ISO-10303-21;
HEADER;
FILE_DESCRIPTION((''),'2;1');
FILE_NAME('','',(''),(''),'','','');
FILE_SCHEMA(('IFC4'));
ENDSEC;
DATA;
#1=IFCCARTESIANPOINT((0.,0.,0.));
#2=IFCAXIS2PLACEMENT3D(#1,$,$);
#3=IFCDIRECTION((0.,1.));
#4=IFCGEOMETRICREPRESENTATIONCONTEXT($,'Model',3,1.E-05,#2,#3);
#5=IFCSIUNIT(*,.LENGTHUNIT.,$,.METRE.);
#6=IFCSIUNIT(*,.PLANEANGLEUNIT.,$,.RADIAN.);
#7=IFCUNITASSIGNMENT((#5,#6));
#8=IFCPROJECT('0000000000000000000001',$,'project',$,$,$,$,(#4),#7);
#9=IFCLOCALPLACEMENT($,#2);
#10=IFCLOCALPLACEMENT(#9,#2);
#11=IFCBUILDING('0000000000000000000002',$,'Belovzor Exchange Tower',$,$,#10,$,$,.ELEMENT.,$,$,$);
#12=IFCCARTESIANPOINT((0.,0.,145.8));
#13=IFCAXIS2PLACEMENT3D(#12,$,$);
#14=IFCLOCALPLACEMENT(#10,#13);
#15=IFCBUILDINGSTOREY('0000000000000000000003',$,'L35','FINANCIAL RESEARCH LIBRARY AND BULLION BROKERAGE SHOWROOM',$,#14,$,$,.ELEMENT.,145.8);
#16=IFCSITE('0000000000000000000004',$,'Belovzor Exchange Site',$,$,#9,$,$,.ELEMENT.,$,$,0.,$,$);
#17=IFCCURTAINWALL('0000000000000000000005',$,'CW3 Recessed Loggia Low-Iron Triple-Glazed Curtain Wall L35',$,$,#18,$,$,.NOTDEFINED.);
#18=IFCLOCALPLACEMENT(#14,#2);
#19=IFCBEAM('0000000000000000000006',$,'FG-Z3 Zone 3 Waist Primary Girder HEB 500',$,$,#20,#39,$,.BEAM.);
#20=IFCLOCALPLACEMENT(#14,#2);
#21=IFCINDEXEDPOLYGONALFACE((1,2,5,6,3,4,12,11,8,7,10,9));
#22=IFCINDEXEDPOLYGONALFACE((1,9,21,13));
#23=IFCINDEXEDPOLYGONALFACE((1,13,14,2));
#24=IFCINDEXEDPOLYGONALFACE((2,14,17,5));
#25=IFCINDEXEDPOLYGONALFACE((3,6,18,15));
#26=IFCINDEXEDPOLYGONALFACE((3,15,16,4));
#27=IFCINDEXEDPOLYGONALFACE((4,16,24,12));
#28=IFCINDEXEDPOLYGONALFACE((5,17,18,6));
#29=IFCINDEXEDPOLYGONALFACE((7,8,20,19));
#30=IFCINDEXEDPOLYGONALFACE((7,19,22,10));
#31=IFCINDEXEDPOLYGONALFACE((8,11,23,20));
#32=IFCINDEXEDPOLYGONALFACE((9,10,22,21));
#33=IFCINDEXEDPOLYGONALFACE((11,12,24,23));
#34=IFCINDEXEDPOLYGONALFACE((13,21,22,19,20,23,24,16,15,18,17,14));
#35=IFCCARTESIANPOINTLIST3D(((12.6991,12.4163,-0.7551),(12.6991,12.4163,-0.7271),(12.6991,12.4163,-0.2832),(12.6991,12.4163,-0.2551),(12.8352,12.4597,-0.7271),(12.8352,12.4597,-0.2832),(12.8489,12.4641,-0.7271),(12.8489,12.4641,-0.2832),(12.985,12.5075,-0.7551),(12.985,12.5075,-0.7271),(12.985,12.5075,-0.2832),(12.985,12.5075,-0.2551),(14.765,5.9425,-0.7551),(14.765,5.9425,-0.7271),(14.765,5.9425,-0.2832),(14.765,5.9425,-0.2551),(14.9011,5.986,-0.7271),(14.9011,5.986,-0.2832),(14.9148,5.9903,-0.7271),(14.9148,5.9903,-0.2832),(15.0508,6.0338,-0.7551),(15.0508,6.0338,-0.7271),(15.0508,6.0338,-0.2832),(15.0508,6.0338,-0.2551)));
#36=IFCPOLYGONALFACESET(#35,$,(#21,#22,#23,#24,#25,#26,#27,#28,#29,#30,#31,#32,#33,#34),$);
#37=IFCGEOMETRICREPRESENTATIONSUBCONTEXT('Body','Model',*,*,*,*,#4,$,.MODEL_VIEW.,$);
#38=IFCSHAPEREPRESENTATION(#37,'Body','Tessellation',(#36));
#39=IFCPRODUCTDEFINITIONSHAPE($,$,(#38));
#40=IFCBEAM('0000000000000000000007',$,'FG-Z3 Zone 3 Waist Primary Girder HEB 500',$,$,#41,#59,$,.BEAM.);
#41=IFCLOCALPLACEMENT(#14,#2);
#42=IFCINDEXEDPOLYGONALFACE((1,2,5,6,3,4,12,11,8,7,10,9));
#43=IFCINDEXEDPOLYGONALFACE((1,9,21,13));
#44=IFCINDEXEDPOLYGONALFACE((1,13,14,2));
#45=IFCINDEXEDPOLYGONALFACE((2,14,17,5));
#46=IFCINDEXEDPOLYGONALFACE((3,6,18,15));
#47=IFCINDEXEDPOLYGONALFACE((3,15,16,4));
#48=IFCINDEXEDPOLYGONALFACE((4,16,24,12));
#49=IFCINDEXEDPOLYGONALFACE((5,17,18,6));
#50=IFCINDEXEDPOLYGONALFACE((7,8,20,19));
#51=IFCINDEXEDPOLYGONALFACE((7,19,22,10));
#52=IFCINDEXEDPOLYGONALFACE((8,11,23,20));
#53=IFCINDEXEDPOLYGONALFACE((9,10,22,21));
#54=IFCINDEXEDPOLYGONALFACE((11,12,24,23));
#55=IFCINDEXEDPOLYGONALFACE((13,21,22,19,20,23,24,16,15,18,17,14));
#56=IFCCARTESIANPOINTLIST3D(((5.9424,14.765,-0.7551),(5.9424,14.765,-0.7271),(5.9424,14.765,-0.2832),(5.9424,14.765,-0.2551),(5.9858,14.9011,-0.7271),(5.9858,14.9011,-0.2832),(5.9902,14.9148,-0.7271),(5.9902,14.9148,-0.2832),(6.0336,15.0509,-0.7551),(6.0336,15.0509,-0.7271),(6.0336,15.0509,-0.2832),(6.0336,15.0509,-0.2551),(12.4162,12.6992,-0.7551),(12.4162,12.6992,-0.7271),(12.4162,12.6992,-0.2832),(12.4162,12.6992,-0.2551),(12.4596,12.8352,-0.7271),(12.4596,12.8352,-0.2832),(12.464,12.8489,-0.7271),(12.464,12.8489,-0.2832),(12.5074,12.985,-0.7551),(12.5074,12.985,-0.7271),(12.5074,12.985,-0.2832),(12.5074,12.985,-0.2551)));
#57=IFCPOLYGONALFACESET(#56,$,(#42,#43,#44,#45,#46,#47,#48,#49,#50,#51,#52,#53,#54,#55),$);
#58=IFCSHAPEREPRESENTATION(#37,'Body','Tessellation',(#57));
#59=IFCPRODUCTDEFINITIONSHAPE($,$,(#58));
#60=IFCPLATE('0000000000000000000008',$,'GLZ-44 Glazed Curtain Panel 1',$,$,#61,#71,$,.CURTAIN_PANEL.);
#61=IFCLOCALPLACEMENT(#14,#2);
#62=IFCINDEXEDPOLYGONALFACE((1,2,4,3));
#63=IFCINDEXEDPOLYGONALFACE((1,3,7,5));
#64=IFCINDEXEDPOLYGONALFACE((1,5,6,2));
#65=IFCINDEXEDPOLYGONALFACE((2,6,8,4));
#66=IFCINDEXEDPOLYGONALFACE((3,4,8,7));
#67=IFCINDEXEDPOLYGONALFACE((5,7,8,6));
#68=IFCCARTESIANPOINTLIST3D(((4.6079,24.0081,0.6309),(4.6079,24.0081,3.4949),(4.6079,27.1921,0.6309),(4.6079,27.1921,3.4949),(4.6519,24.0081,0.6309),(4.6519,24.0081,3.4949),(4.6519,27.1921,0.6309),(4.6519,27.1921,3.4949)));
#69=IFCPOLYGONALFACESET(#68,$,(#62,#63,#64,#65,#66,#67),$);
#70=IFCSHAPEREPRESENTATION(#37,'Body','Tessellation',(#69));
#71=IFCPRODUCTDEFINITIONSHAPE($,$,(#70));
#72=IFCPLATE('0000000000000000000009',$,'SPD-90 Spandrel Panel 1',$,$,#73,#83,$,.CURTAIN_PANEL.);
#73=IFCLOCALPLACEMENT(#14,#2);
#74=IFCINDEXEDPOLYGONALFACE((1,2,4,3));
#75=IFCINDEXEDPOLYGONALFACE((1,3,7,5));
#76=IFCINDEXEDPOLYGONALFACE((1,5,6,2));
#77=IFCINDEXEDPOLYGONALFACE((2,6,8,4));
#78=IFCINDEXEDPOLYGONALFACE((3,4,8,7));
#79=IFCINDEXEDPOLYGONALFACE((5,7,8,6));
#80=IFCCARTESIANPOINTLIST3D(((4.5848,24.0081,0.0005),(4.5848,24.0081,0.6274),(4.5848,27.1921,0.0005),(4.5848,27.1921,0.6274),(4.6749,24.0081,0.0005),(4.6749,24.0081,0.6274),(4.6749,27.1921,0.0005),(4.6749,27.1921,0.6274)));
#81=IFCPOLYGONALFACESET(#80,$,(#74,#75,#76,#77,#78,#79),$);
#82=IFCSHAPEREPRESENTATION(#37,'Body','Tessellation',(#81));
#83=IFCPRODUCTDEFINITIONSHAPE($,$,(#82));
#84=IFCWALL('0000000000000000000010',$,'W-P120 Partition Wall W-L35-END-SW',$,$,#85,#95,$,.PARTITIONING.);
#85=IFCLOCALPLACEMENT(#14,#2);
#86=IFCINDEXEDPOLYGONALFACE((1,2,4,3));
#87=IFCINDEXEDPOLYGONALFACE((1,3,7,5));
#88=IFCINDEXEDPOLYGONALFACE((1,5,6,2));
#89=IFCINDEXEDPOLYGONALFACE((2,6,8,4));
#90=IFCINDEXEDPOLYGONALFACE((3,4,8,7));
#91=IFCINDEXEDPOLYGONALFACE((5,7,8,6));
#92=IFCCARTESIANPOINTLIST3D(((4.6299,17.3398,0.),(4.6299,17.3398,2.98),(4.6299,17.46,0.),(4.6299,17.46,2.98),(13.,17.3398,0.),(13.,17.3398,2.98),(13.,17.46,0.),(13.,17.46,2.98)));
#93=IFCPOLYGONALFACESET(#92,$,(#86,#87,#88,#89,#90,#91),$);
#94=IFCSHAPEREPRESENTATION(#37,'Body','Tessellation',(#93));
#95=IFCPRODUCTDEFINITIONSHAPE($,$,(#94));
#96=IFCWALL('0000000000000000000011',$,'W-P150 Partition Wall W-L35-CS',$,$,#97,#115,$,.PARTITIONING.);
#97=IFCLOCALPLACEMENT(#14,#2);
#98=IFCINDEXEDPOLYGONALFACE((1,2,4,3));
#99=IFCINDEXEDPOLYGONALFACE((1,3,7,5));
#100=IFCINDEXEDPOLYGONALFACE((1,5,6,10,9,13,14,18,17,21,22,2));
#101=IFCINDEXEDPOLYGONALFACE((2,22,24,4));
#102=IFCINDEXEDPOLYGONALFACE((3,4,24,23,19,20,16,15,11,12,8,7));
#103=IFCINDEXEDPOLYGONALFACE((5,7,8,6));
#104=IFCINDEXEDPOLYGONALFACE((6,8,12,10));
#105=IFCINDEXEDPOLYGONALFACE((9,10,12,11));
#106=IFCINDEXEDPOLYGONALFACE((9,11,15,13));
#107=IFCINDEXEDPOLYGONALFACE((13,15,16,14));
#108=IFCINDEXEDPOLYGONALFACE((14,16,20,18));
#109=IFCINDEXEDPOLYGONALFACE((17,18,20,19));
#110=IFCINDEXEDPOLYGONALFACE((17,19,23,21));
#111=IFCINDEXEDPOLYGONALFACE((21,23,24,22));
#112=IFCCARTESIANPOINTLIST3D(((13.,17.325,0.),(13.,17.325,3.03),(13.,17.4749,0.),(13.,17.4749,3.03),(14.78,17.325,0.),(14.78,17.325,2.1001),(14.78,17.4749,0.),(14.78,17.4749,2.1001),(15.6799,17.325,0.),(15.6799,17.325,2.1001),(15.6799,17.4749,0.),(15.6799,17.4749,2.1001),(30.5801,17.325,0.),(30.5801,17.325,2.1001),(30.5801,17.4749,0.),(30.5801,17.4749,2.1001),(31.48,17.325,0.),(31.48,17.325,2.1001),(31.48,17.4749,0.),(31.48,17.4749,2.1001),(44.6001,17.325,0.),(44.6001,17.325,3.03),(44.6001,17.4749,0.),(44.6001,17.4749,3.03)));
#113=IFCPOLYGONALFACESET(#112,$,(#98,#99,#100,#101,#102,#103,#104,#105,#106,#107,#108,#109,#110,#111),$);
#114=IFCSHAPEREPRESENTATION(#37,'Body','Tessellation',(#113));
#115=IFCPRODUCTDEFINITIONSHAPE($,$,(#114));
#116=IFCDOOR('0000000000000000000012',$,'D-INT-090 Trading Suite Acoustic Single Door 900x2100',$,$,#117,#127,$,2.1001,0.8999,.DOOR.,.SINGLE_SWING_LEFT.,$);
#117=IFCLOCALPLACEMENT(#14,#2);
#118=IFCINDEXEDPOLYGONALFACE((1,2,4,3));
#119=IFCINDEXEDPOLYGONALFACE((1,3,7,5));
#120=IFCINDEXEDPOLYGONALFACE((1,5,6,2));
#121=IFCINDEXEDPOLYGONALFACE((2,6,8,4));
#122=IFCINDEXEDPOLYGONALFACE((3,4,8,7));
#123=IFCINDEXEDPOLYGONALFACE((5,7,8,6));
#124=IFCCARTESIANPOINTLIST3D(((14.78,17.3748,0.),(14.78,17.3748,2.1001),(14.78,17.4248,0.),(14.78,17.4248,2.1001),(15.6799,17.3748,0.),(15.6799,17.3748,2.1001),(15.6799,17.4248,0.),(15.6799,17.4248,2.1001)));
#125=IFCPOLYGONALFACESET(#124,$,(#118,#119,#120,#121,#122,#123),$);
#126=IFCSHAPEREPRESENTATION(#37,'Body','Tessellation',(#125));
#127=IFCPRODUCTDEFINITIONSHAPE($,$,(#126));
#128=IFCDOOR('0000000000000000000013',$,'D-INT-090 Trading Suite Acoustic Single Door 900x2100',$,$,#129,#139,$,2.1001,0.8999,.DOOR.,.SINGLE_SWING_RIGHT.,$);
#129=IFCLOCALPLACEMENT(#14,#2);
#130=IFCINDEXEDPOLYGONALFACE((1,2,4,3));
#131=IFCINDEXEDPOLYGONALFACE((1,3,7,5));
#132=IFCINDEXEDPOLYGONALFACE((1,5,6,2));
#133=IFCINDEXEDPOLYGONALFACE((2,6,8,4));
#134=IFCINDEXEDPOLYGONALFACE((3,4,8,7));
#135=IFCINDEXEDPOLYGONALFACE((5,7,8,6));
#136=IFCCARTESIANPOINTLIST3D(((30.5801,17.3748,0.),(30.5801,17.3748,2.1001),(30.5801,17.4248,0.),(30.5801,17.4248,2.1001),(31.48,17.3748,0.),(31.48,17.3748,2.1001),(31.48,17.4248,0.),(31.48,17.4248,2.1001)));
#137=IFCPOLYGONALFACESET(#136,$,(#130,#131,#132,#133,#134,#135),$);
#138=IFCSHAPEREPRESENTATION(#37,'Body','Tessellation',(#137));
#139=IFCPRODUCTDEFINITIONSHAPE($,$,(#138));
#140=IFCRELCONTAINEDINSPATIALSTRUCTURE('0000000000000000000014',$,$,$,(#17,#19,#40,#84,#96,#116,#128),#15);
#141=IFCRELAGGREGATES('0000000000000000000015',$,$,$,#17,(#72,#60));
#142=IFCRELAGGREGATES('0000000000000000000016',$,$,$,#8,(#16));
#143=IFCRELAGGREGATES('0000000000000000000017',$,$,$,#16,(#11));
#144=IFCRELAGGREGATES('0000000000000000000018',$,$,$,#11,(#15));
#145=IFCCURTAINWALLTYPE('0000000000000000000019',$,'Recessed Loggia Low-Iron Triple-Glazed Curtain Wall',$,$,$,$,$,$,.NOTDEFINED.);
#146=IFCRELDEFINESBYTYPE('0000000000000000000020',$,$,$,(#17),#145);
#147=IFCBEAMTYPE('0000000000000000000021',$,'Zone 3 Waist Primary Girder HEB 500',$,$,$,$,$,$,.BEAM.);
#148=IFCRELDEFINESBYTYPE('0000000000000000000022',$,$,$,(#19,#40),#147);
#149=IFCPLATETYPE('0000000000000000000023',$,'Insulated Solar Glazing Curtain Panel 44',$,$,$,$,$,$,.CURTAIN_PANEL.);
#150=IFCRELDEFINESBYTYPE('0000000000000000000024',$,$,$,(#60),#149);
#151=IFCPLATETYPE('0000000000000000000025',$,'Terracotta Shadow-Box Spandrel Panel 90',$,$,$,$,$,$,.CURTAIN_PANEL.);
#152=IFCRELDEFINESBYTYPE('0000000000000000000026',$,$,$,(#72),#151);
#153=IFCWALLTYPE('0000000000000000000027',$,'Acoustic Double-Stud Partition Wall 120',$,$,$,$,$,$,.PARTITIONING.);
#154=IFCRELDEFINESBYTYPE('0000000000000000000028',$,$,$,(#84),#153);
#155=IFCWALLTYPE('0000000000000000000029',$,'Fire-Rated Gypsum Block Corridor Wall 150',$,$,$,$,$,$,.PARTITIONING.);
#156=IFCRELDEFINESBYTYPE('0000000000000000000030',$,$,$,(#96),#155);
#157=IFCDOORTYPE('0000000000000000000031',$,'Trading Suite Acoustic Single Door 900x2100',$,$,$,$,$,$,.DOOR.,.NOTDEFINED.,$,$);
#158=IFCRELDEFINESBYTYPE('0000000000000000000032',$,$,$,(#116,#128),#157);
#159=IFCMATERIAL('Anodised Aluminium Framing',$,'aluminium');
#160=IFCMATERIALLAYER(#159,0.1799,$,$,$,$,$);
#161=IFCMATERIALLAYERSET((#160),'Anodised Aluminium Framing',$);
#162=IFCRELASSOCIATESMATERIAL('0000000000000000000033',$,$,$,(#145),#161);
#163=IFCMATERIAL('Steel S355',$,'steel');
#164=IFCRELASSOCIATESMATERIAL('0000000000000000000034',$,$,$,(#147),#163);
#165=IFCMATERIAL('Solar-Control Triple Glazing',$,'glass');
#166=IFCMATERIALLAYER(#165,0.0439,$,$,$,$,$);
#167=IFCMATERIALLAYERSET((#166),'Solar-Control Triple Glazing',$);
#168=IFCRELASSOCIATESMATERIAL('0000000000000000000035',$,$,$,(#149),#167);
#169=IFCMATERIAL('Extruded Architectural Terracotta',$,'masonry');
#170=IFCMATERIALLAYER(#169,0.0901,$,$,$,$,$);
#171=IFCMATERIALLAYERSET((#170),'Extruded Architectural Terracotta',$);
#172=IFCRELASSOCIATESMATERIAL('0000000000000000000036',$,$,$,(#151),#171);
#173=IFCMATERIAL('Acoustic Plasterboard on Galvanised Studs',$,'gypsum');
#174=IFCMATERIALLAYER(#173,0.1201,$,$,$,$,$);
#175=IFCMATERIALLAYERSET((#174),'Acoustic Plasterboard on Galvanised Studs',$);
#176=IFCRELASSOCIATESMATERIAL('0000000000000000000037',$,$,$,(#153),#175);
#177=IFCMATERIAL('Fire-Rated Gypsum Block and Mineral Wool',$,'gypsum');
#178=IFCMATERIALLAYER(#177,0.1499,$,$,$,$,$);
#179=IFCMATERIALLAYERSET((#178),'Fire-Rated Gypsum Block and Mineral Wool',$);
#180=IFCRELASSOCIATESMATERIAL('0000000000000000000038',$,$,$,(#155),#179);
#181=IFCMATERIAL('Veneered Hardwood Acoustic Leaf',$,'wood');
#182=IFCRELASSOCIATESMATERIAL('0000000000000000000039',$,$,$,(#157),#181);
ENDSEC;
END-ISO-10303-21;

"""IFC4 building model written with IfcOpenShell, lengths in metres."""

from ifc_helpers import new_model, si_unit, direction, frame, frame_2d, origin, origin_2d, place, context, subcontext, project, spatial, rectangle, i_section, extrude, material, layer, layer_set, material_profile, profile_set, type_object, element, fill, aggregate, save


model = new_model("IFC4")

# Units and contexts
model_context = context("Model", 3, precision=1e-05, world=origin(), true_north=direction((0.0, 1.0)))
body_context = subcontext(model_context, "Body", "Model", "MODEL_VIEW")
ifc_project = project(units=[si_unit("LENGTHUNIT", "METRE"), si_unit("PLANEANGLEUNIT", "RADIAN")], contexts=[model_context])

# Site, building, storey
site_placement = place(None, origin())
site = spatial("IfcSite", under=ifc_project, at=site_placement, Name="Belovzor Exchange Site", CompositionType="ELEMENT", RefElevation=0.0)
building_placement = place(site_placement, origin())
building = spatial("IfcBuilding", under=site, at=building_placement, Name="Belovzor Exchange Tower", CompositionType="ELEMENT")
storey_placement = place(building_placement, frame((0.0, 0.0, 145.8)))
storey = spatial("IfcBuildingStorey", under=building, at=storey_placement, Name="L35", Description="FINANCIAL RESEARCH LIBRARY AND BULLION BROKERAGE SHOWROOM", CompositionType="ELEMENT", Elevation=145.8)

# Curtain wall
ifc_material_1 = material(Name="Anodised Aluminium Framing", Category="aluminium")
ifc_layer_1 = layer(ifc_material_1, 0.1799)
ifc_layer_set_1 = layer_set([ifc_layer_1], Name="Anodised Aluminium Framing")
curtain_wall_type = type_object("IfcCurtainWallType", Name="Recessed Loggia Low-Iron Triple-Glazed Curtain Wall", PredefinedType="NOTDEFINED", material=ifc_layer_set_1)
curtain_wall_placement = place(storey_placement, origin())
curtain_wall = element("IfcCurtainWall", 1, at=curtain_wall_placement, inside=storey, type_object=curtain_wall_type, Name="CW3 Recessed Loggia Low-Iron Triple-Glazed Curtain Wall L35", PredefinedType="NOTDEFINED")

# Beams
ifc_material_2 = material(Name="Steel S355", Category="steel")
ifc_material_profile_1 = material_profile(ifc_material_2, i_section(OverallWidth=0.3, OverallDepth=0.5, WebThickness=0.0144, FlangeThickness=0.0281, at=origin_2d()))
ifc_profile_set_1 = profile_set([ifc_material_profile_1], Name="Steel S355")
beam_type_1 = type_object("IfcBeamType", Name="Zone 3 Waist Primary Girder HEB 500", PredefinedType="BEAM", material=ifc_profile_set_1)
for number, where, z_axis, x_axis, name in (
    (2, (12.842, 12.4619, -0.5051), (0.304012, -0.952668, 0.0), (0.952668, 0.304012, 0.0), "FG-Z3 Zone 3 Waist Primary Girder HEB 500"),
    (3, (5.988, 14.908, -0.5051), (0.952668, -0.304012, 0.0), (0.304012, 0.952668, 0.0), "FG-Z3 Zone 3 Waist Primary Girder HEB 500"),
):
    element("IfcBeam", number, at=place(storey_placement, frame(where, z_axis=z_axis, x_axis=x_axis)), inside=storey, type_object=beam_type_1, Name=name, PredefinedType="BEAM", context=body_context, shape_type="SweptSolid", body=[
        extrude(i_section(OverallWidth=0.3, OverallDepth=0.5, WebThickness=0.0144, FlangeThickness=0.0281, at=origin_2d()), origin(), (0.0, 0.0, 1.0), 6.7954),
    ])

# Plates
ifc_material_3 = material(Name="Solar-Control Triple Glazing", Category="glass")
ifc_layer_2 = layer(ifc_material_3, 0.0439)
ifc_layer_set_2 = layer_set([ifc_layer_2], Name="Solar-Control Triple Glazing")
plate_type_1 = type_object("IfcPlateType", Name="Insulated Solar Glazing Curtain Panel 44", PredefinedType="CURTAIN_PANEL", material=ifc_layer_set_2)
plate_1_placement = place(storey_placement, frame((4.6299, 25.6001, 0.6309), z_axis=(0.0, 0.0, 1.0), x_axis=(0.0, 1.0, 0.0)))
plate_1 = element("IfcPlate", 4, at=plate_1_placement, type_object=plate_type_1, Name="GLZ-44 Glazed Curtain Panel 1", PredefinedType="CURTAIN_PANEL", context=body_context, shape_type="SweptSolid", body=[
    extrude(rectangle(XDim=3.1841, YDim=0.0439, at=origin_2d()), origin(), (0.0, 0.0, 1.0), 2.864),
])
ifc_material_4 = material(Name="Extruded Architectural Terracotta", Category="masonry")
ifc_layer_3 = layer(ifc_material_4, 0.0901)
ifc_layer_set_3 = layer_set([ifc_layer_3], Name="Extruded Architectural Terracotta")
plate_type_2 = type_object("IfcPlateType", Name="Terracotta Shadow-Box Spandrel Panel 90", PredefinedType="CURTAIN_PANEL", material=ifc_layer_set_3)
plate_2_placement = place(storey_placement, frame((4.6299, 25.6001, 0.0005), z_axis=(0.0, 0.0, 1.0), x_axis=(0.0, 1.0, 0.0)))
plate_2 = element("IfcPlate", 5, at=plate_2_placement, type_object=plate_type_2, Name="SPD-90 Spandrel Panel 1", PredefinedType="CURTAIN_PANEL", context=body_context, shape_type="SweptSolid", body=[
    extrude(rectangle(XDim=3.1841, YDim=0.0901, at=origin_2d()), origin(), (0.0, 0.0, 1.0), 0.627),
])
aggregate(curtain_wall, [plate_2, plate_1])

# Wall
ifc_material_5 = material(Name="Acoustic Plasterboard on Galvanised Studs", Category="gypsum")
ifc_layer_4 = layer(ifc_material_5, 0.1201)
ifc_layer_set_4 = layer_set([ifc_layer_4], Name="Acoustic Plasterboard on Galvanised Studs")
wall_type_1 = type_object("IfcWallType", Name="Acoustic Double-Stud Partition Wall 120", PredefinedType="PARTITIONING", material=ifc_layer_set_4)
wall_1_placement = place(storey_placement, frame((4.6299, 17.3999, 0.0), z_axis=(0.0, 0.0, 1.0), x_axis=(1.0, 0.0, 0.0)))
element("IfcWall", 6, at=wall_1_placement, inside=storey, type_object=wall_type_1, Name="W-P120 Partition Wall W-L35-END-SW", PredefinedType="PARTITIONING", context=body_context, shape_type="SweptSolid", body=[
    extrude(rectangle(XDim=8.3701, YDim=0.1201, at=frame_2d((4.1851, 0.0))), origin(), (0.0, 0.0, 1.0), 2.98),
])

# Wall, openings, doors
ifc_material_6 = material(Name="Fire-Rated Gypsum Block and Mineral Wool", Category="gypsum")
ifc_layer_5 = layer(ifc_material_6, 0.1499)
ifc_layer_set_5 = layer_set([ifc_layer_5], Name="Fire-Rated Gypsum Block and Mineral Wool")
wall_type_2 = type_object("IfcWallType", Name="Fire-Rated Gypsum Block Corridor Wall 150", PredefinedType="PARTITIONING", material=ifc_layer_set_5)
wall_2_placement = place(storey_placement, frame((13.0, 17.3999, 0.0), z_axis=(0.0, 0.0, 1.0), x_axis=(1.0, 0.0, 0.0)))
wall_2 = element("IfcWall", 7, at=wall_2_placement, inside=storey, type_object=wall_type_2, Name="W-P150 Partition Wall W-L35-CS", PredefinedType="PARTITIONING", context=body_context, shape_type="SweptSolid", body=[
    extrude(rectangle(XDim=31.6001, YDim=0.1499, at=frame_2d((15.8, 0.0))), origin(), (0.0, 0.0, 1.0), 3.03),
])
opening_1_placement = place(wall_2_placement, frame((1.78, 0.0, 0.0)))
opening_1 = element("IfcOpeningElement", 8, at=opening_1_placement, cuts=wall_2, PredefinedType="OPENING", context=body_context, shape_type="SweptSolid", body=[
    extrude(rectangle(XDim=0.8999, YDim=2.1001, at=frame_2d((0.45, 1.05))), frame((0.0, 0.085, 0.0), z_axis=(0.0, -1.0, 0.0), x_axis=(1.0, 0.0, 0.0)), (0.0, 0.0, 1.0), 0.1699),
])
opening_2_placement = place(wall_2_placement, frame((17.5801, 0.0, 0.0)))
opening_2 = element("IfcOpeningElement", 9, at=opening_2_placement, cuts=wall_2, PredefinedType="OPENING", context=body_context, shape_type="SweptSolid", body=[
    extrude(rectangle(XDim=0.8999, YDim=2.1001, at=frame_2d((0.45, 1.05))), frame((0.0, 0.085, 0.0), z_axis=(0.0, -1.0, 0.0), x_axis=(1.0, 0.0, 0.0)), (0.0, 0.0, 1.0), 0.1699),
])
ifc_material_7 = material(Name="Veneered Hardwood Acoustic Leaf", Category="wood")
door_type = type_object("IfcDoorType", Name="Trading Suite Acoustic Single Door 900x2100", OperationType="NOTDEFINED", PredefinedType="DOOR", material=ifc_material_7)
door_1_placement = place(opening_1_placement, origin())
door_1 = element("IfcDoor", 10, at=door_1_placement, inside=storey, type_object=door_type, Name="D-INT-090 Trading Suite Acoustic Single Door 900x2100", OperationType="SINGLE_SWING_LEFT", OverallHeight=2.1001, OverallWidth=0.8999, PredefinedType="DOOR", context=body_context, shape_type="SweptSolid", body=[
    extrude(rectangle(XDim=0.8999, YDim=2.1001, at=frame_2d((0.45, 1.05))), frame((0.0, 0.0249, 0.0), z_axis=(0.0, -1.0, 0.0), x_axis=(1.0, 0.0, 0.0)), (0.0, 0.0, 1.0), 0.05),
])
fill(opening_1, door_1)
door_2_placement = place(opening_2_placement, origin())
door_2 = element("IfcDoor", 11, at=door_2_placement, inside=storey, type_object=door_type, Name="D-INT-090 Trading Suite Acoustic Single Door 900x2100", OperationType="SINGLE_SWING_RIGHT", OverallHeight=2.1001, OverallWidth=0.8999, PredefinedType="DOOR", context=body_context, shape_type="SweptSolid", body=[
    extrude(rectangle(XDim=0.8999, YDim=2.1001, at=frame_2d((0.45, 1.05))), frame((0.0, 0.0249, 0.0), z_axis=(0.0, -1.0, 0.0), x_axis=(1.0, 0.0, 0.0)), (0.0, 0.0, 1.0), 0.05),
])
fill(opening_2, door_2)

save(model, "model.ifc")
